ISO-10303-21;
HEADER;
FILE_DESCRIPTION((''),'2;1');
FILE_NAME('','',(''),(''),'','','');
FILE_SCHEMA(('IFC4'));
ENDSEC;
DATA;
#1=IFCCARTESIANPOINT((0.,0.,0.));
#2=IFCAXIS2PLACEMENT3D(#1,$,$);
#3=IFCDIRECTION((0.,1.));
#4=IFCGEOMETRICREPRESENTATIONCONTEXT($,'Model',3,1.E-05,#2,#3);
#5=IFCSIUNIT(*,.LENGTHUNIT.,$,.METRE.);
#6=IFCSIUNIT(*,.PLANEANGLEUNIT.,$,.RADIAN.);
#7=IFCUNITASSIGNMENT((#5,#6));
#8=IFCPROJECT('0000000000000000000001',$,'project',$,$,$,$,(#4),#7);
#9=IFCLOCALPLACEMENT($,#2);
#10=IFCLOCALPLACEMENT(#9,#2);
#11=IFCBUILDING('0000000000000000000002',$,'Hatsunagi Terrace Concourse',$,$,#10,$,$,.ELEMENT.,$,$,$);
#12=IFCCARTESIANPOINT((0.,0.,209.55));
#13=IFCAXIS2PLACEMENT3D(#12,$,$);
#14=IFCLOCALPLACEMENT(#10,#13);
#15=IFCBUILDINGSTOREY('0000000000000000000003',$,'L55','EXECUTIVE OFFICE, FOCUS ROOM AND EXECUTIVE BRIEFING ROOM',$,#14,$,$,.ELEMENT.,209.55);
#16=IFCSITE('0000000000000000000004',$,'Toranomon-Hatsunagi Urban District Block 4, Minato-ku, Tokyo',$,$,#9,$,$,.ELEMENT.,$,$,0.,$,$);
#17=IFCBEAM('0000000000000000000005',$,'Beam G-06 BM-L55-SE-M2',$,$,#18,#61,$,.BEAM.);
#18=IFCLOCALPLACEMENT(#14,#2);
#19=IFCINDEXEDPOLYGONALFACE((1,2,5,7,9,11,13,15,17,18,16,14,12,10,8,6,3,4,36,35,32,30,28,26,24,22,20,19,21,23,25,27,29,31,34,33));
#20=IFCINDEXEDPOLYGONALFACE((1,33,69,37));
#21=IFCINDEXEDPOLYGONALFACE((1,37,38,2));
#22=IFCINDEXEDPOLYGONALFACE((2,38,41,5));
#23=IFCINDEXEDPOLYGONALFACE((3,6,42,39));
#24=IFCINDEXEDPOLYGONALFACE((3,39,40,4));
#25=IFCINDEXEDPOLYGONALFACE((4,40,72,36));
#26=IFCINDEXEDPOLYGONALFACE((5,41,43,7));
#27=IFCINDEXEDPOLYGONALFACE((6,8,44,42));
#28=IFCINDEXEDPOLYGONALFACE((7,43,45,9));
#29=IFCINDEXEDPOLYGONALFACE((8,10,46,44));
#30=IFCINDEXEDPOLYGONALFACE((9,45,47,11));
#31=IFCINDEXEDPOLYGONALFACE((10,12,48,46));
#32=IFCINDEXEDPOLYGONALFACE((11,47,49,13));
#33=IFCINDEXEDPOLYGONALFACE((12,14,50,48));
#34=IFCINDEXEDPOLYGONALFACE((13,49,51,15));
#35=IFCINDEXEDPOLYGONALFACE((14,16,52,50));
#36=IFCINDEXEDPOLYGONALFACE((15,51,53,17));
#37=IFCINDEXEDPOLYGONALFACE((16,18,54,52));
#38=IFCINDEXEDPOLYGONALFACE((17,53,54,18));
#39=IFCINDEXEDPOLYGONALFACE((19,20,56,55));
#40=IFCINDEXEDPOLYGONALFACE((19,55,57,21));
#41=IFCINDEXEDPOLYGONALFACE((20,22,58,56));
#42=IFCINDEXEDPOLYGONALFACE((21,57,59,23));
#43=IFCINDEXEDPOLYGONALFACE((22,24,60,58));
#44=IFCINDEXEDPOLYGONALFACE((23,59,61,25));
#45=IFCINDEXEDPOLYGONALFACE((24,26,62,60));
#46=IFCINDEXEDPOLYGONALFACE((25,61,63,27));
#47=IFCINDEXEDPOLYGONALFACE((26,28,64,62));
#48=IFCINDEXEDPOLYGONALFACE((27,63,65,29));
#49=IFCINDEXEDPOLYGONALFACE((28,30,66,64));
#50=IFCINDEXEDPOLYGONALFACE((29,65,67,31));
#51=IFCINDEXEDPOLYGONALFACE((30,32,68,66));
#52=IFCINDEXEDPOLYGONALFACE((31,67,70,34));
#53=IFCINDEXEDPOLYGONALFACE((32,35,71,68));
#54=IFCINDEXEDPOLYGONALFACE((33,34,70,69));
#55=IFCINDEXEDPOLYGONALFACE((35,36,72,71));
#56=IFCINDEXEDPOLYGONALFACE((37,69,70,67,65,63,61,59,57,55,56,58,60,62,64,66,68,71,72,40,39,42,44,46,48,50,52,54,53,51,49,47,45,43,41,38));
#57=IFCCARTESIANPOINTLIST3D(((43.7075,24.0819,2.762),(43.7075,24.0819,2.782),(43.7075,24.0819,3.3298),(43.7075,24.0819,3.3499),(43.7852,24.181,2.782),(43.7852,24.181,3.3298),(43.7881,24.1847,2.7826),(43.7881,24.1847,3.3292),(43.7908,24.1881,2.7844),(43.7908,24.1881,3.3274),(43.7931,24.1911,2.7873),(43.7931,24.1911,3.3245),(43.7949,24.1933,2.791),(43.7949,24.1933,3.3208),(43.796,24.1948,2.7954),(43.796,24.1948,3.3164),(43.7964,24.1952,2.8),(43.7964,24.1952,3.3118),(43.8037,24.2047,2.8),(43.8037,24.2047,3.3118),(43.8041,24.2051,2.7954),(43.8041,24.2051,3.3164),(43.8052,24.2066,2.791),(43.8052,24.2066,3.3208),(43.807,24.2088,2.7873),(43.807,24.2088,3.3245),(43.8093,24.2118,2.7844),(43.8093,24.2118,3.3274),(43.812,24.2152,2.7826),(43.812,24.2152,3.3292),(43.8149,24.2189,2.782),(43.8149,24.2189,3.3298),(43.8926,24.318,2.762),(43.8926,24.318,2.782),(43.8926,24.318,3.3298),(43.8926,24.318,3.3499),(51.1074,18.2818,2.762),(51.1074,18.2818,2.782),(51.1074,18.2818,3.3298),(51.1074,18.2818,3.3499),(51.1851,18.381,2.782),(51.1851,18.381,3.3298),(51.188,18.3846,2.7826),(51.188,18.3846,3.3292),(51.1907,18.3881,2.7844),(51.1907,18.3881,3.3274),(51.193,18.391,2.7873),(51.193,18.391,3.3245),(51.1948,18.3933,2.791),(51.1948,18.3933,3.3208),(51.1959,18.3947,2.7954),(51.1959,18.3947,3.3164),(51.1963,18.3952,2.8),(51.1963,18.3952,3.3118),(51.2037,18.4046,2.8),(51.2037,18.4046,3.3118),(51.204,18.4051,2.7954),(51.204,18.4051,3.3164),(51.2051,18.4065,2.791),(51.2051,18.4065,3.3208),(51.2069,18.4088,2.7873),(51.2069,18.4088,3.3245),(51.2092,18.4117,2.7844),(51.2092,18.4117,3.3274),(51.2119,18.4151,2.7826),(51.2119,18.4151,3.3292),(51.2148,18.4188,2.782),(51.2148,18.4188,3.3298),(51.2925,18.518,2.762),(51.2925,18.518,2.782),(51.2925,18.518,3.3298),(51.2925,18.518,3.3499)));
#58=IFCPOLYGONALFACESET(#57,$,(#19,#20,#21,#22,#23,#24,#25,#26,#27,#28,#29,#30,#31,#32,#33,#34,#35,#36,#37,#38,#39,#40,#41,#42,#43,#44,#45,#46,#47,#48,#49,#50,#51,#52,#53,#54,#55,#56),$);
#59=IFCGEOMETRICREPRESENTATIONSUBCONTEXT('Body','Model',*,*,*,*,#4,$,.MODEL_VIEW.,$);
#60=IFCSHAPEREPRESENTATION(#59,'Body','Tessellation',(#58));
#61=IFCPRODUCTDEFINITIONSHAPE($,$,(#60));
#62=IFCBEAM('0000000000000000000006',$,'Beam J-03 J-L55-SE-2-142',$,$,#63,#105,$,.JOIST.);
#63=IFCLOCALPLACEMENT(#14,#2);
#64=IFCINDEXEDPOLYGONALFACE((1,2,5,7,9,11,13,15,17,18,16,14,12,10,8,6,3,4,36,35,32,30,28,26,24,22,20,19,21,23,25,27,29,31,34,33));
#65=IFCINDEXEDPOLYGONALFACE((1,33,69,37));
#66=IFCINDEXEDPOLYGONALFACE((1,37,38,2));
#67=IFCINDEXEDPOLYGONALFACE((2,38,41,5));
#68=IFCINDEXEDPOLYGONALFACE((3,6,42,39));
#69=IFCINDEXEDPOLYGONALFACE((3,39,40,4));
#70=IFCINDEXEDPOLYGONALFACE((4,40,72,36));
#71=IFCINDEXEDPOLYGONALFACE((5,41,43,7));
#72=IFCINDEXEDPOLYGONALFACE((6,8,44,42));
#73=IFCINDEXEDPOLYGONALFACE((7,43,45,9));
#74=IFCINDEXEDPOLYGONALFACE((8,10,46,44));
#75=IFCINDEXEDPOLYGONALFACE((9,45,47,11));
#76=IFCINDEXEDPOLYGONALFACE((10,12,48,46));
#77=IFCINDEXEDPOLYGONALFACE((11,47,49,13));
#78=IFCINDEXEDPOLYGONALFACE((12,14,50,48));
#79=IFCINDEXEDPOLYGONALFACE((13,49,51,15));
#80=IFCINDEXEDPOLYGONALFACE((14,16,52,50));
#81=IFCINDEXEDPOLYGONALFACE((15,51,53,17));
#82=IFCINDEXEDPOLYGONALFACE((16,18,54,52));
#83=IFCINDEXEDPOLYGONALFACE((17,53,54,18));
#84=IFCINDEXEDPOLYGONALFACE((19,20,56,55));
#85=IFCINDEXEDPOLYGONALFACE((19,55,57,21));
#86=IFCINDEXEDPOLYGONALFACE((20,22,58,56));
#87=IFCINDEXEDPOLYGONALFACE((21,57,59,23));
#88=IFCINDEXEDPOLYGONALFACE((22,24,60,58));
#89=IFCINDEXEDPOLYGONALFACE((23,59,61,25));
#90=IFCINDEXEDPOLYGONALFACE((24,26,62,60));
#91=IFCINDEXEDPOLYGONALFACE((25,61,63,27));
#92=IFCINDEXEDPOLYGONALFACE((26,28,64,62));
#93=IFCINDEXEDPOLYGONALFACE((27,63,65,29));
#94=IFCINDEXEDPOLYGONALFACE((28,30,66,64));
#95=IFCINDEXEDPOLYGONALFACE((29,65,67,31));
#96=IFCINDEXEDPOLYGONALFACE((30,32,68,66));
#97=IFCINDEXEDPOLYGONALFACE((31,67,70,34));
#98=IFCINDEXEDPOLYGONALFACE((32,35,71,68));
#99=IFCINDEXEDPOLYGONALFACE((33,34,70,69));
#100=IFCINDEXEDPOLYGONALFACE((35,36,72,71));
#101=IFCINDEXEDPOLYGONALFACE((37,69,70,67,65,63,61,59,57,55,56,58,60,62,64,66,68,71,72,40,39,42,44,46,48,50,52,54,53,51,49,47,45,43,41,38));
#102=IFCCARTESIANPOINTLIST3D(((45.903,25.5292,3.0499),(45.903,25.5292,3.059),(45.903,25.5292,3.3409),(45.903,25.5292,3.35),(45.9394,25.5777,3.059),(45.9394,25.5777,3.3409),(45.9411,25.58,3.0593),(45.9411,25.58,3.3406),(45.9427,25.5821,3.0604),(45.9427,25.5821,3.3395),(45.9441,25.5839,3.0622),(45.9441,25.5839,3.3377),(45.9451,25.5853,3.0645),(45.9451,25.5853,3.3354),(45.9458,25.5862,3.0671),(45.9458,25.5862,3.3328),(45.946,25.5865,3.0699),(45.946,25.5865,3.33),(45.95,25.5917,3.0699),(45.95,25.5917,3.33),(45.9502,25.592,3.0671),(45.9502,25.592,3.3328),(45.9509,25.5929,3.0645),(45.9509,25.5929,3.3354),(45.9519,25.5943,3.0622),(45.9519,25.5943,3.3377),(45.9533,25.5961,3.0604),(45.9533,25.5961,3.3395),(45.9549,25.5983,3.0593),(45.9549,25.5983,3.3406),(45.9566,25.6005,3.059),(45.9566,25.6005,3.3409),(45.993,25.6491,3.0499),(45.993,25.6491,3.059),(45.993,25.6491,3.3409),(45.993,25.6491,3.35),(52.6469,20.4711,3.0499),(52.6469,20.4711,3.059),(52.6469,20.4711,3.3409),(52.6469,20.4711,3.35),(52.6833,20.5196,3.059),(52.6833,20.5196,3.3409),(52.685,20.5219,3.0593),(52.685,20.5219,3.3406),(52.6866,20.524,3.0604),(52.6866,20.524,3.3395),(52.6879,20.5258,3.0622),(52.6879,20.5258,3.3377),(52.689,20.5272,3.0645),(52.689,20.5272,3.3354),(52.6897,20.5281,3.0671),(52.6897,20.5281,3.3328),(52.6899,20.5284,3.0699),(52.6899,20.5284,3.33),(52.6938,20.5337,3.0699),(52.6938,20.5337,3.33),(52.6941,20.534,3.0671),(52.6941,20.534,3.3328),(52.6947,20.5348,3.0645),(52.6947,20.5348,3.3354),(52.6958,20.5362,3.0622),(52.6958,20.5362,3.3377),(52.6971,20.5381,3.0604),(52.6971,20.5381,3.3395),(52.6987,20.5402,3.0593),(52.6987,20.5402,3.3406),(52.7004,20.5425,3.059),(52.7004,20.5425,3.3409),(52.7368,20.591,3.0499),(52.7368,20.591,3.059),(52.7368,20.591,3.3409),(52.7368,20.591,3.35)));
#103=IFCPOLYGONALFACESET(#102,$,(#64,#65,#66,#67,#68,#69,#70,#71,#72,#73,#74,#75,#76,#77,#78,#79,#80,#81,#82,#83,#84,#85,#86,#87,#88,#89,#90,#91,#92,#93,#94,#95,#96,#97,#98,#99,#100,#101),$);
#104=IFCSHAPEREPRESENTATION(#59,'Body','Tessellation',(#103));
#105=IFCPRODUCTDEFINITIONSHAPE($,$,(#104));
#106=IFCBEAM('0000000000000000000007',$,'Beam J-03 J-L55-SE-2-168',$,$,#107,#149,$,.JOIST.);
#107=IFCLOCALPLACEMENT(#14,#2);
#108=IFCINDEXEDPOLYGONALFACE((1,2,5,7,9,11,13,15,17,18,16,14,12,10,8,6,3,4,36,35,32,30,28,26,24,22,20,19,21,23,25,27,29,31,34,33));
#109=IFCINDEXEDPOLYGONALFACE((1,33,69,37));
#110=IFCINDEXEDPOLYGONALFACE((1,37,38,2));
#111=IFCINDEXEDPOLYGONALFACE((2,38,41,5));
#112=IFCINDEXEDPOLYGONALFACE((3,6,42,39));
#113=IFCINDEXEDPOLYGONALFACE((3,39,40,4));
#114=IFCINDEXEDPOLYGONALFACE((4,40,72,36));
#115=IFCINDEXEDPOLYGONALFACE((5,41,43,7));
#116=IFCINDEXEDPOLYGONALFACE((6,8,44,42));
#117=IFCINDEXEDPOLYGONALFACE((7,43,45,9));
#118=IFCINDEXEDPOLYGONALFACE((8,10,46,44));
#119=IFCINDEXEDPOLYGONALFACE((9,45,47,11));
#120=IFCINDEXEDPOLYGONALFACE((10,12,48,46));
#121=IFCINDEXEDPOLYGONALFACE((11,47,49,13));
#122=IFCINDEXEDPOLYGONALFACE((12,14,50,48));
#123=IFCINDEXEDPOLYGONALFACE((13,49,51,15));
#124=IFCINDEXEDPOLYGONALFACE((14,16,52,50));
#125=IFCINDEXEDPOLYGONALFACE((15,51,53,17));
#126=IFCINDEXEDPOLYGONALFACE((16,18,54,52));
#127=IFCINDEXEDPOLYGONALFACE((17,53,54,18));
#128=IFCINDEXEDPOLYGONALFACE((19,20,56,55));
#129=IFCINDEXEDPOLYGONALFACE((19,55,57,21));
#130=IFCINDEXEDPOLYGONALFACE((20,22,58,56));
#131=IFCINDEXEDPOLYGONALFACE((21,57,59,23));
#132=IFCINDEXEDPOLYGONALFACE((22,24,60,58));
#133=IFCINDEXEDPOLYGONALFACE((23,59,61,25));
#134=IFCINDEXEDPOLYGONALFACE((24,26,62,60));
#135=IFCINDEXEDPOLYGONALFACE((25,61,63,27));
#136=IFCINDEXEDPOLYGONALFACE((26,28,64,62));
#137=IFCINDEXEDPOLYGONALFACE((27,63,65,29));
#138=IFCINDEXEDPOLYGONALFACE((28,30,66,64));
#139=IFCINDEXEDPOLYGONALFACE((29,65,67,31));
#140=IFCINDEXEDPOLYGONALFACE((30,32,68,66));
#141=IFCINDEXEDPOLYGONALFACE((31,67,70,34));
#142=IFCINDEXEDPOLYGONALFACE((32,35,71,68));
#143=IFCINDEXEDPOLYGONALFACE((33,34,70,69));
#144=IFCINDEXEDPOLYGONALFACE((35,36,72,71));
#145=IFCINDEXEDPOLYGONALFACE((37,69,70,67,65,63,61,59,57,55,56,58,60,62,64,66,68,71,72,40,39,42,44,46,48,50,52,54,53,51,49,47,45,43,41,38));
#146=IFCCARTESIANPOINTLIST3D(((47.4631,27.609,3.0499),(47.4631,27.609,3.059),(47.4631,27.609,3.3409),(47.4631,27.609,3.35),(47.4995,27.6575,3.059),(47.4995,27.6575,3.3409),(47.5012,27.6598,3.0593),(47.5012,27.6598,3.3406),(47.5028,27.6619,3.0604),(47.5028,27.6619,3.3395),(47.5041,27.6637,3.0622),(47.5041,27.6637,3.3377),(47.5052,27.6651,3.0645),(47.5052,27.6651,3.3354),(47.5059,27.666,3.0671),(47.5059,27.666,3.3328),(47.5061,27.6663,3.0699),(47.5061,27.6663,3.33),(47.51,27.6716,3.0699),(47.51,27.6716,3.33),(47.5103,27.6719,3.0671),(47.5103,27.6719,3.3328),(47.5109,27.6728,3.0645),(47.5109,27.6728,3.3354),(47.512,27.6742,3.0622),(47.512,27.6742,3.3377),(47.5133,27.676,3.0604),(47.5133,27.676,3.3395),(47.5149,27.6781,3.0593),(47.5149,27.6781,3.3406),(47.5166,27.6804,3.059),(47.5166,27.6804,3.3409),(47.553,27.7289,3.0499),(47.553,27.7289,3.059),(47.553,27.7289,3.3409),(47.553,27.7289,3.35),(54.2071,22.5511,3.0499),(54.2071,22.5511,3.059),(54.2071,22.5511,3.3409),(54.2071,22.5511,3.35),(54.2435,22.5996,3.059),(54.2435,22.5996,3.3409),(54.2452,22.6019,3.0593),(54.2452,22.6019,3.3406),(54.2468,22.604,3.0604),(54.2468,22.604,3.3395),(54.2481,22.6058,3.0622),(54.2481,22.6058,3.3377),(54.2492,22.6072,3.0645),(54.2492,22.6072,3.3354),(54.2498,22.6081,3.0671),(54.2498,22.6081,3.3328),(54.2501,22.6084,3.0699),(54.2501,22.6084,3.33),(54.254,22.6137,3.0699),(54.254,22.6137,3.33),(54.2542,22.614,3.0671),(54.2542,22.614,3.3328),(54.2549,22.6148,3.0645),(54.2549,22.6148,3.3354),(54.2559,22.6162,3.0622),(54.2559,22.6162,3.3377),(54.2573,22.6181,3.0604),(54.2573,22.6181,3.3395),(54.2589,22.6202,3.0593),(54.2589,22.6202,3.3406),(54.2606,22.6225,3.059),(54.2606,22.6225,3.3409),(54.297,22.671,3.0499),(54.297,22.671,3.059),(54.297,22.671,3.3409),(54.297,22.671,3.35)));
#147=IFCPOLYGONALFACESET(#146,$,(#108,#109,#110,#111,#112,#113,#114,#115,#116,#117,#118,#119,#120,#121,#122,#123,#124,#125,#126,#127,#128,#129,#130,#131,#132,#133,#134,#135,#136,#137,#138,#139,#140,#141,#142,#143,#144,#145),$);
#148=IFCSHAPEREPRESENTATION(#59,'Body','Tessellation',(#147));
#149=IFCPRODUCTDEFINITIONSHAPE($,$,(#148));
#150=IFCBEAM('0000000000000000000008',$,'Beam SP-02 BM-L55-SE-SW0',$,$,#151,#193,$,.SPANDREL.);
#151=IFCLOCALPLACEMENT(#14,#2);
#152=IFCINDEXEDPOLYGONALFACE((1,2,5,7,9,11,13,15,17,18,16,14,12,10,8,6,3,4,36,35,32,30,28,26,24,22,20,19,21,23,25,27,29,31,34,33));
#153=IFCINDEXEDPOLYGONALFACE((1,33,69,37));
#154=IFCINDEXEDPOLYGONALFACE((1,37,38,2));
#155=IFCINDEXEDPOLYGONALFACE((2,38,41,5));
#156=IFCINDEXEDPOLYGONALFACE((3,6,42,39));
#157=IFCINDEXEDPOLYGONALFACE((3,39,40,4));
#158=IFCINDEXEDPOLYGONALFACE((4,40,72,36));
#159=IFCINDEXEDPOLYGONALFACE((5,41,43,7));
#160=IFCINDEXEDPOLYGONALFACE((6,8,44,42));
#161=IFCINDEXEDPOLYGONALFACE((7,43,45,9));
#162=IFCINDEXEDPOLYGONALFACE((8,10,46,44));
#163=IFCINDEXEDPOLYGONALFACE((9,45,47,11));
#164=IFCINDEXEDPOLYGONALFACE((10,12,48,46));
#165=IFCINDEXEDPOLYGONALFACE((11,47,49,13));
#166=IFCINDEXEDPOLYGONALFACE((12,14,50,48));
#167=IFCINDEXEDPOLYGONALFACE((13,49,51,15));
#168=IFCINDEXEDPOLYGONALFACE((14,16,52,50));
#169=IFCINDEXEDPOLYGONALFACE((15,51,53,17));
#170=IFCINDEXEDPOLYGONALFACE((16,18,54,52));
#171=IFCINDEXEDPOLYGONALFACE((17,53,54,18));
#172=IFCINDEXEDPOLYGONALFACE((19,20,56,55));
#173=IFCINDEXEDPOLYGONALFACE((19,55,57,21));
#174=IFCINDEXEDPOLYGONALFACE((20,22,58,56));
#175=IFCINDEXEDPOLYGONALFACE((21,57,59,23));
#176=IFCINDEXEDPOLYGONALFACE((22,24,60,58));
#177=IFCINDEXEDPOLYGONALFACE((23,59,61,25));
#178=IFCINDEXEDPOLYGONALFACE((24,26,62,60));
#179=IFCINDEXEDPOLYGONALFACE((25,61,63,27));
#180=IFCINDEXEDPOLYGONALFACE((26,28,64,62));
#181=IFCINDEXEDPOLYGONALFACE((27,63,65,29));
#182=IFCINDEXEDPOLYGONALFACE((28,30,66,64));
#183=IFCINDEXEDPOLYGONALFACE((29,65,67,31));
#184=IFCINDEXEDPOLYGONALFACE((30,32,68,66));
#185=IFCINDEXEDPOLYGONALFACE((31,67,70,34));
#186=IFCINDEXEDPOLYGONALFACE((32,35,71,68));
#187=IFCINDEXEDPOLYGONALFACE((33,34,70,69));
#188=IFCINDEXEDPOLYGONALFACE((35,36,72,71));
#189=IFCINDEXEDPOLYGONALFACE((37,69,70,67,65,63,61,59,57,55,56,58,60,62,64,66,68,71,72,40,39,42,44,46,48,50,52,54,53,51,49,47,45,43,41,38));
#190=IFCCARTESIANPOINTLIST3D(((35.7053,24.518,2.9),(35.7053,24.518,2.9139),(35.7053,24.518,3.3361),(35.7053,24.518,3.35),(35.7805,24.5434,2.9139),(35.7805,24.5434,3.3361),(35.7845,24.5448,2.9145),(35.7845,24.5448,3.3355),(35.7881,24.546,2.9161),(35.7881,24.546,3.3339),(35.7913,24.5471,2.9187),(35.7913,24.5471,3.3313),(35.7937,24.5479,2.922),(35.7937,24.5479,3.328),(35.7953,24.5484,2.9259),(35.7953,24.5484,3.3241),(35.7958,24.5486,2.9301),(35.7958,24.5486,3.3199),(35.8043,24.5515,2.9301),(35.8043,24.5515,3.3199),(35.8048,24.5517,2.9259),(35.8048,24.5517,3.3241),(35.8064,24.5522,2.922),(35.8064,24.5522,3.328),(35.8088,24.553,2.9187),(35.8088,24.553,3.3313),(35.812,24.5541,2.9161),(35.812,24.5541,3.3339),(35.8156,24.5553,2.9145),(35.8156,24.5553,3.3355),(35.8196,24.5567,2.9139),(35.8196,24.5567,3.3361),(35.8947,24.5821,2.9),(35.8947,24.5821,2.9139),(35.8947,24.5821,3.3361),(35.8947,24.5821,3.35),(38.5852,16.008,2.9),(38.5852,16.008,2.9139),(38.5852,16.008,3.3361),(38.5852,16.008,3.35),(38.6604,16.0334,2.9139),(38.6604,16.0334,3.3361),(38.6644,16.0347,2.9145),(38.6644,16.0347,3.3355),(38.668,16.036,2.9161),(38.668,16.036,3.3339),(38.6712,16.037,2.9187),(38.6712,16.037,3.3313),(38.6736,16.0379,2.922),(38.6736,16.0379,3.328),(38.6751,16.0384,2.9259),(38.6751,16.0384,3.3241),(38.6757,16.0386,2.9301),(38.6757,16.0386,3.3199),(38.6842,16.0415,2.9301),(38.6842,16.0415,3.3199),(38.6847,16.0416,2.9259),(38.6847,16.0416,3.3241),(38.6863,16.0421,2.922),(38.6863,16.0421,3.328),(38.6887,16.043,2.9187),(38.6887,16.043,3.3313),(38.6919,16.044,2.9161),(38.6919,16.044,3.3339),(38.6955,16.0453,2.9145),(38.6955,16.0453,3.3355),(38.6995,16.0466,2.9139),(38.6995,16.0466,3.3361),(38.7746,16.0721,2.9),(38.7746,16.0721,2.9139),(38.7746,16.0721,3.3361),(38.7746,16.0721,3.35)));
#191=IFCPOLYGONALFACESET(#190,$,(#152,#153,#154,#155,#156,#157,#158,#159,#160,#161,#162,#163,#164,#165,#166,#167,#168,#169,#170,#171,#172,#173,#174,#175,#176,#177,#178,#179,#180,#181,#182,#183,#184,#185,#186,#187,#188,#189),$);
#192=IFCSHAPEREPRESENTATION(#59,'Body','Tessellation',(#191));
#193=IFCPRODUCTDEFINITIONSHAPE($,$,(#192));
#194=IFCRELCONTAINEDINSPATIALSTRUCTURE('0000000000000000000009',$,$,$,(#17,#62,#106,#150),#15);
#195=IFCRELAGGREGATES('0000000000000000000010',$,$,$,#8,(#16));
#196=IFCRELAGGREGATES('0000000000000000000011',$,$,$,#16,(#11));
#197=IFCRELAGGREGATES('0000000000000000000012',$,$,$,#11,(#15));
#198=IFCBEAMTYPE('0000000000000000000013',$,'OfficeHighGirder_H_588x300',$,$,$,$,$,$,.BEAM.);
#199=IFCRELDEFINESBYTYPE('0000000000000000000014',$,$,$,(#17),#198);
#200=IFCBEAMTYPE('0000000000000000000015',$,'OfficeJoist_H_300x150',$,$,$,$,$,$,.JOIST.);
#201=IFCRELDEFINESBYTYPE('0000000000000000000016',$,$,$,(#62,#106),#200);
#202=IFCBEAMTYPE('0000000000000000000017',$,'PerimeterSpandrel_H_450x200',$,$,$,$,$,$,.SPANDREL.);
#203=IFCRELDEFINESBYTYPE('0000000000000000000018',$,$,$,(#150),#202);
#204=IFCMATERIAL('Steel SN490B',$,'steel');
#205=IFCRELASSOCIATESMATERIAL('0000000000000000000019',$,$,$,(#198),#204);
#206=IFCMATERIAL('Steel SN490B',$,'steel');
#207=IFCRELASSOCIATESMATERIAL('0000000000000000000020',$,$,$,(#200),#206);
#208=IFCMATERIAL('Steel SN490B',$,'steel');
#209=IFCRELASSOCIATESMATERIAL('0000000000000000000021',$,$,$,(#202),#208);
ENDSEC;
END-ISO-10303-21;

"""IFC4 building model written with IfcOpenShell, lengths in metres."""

from ifc_helpers import new_model, si_unit, direction, frame, origin, origin_2d, place, context, subcontext, project, spatial, i_section, extrude, material, material_profile, profile_set, type_object, element, save


model = new_model("IFC4")

# Units and contexts
model_context = context("Model", 3, precision=1e-05, world=origin(), true_north=direction((0.0, 1.0)))
body_context = subcontext(model_context, "Body", "Model", "MODEL_VIEW")
ifc_project = project(units=[si_unit("LENGTHUNIT", "METRE"), si_unit("PLANEANGLEUNIT", "RADIAN")], contexts=[model_context])

# Site, building, storey
site_placement = place(None, origin())
site = spatial("IfcSite", under=ifc_project, at=site_placement, Name="Toranomon-Hatsunagi Urban District Block 4, Minato-ku, Tokyo", CompositionType="ELEMENT", RefElevation=0.0)
building_placement = place(site_placement, origin())
building = spatial("IfcBuilding", under=site, at=building_placement, Name="Hatsunagi Terrace Concourse", CompositionType="ELEMENT")
storey_placement = place(building_placement, frame((0.0, 0.0, 209.55)))
storey = spatial("IfcBuildingStorey", under=building, at=storey_placement, Name="L55", Description="EXECUTIVE OFFICE, FOCUS ROOM AND EXECUTIVE BRIEFING ROOM", CompositionType="ELEMENT", Elevation=209.55)

# Beams
ifc_material_1 = material(Name="Steel SN490B", Category="steel")
ifc_material_profile_1 = material_profile(ifc_material_1, i_section(OverallWidth=0.3, OverallDepth=0.5879, WebThickness=0.012, FlangeThickness=0.02, FilletRadius=0.0181, at=origin_2d()), Name="H-588x300x12x20")
ifc_profile_set_1 = profile_set([ifc_material_profile_1], Name="Steel SN490B")
beam_type_1 = type_object("IfcBeamType", Name="OfficeHighGirder_H_588x300", PredefinedType="BEAM", material=ifc_profile_set_1)
beam_1_placement = place(storey_placement, frame((43.8, 24.2, 3.0559), z_axis=(0.787049, -0.61689, 0.0), x_axis=(0.61689, 0.787049, 0.0)))
element("IfcBeam", 1, at=beam_1_placement, inside=storey, type_object=beam_type_1, Name="Beam G-06 BM-L55-SE-M2", PredefinedType="BEAM", context=body_context, shape_type="SweptSolid", body=[
    extrude(i_section(OverallWidth=0.3, OverallDepth=0.5879, WebThickness=0.012, FlangeThickness=0.02, FilletRadius=0.0181, at=origin_2d()), origin(), (0.0, 0.0, 1.0), 9.4021),
])
ifc_material_2 = material(Name="Steel SN490B", Category="steel")
ifc_material_profile_2 = material_profile(ifc_material_2, i_section(OverallWidth=0.1499, OverallDepth=0.3, WebThickness=0.0066, FlangeThickness=0.009, FilletRadius=0.011, at=origin_2d()), Name="H-300x150x6.5x9")
ifc_profile_set_2 = profile_set([ifc_material_profile_2], Name="Steel SN490B")
beam_type_2 = type_object("IfcBeamType", Name="OfficeJoist_H_300x150", PredefinedType="JOIST", material=ifc_profile_set_2)
for number, where, z_axis, x_axis, name in (
    (2, (45.948, 25.5891, 3.2), (0.79999, -0.600014, 0.0), (0.600014, 0.79999, 0.0), "Beam J-03 J-L55-SE-2-142"),
    (3, (47.5081, 27.6689, 3.2), (0.800003, -0.599995, 0.0), (0.599995, 0.800003, 0.0), "Beam J-03 J-L55-SE-2-168"),
):
    element("IfcBeam", number, at=place(storey_placement, frame(where, z_axis=z_axis, x_axis=x_axis)), inside=storey, type_object=beam_type_2, Name=name, PredefinedType="JOIST", context=body_context, shape_type="SweptSolid", body=[
        extrude(i_section(OverallWidth=0.1499, OverallDepth=0.3, WebThickness=0.0066, FlangeThickness=0.009, FilletRadius=0.011, at=origin_2d()), origin(), (0.0, 0.0, 1.0), 8.4299),
    ])
ifc_material_3 = material(Name="Steel SN490B", Category="steel")
ifc_material_profile_3 = material_profile(ifc_material_3, i_section(OverallWidth=0.2, OverallDepth=0.45, WebThickness=0.009, FlangeThickness=0.0139, FilletRadius=0.0161, at=origin_2d()), Name="H-450x200x9x14")
ifc_profile_set_3 = profile_set([ifc_material_profile_3], Name="Steel SN490B")
beam_type_3 = type_object("IfcBeamType", Name="PerimeterSpandrel_H_450x200", PredefinedType="SPANDREL", material=ifc_profile_set_3)
beam_2_placement = place(storey_placement, frame((35.8, 24.55, 3.125), z_axis=(0.320553, -0.94723, 0.0), x_axis=(0.94723, 0.320553, 0.0)))
element("IfcBeam", 4, at=beam_2_placement, inside=storey, type_object=beam_type_3, Name="Beam SP-02 BM-L55-SE-SW0", PredefinedType="SPANDREL", context=body_context, shape_type="SweptSolid", body=[
    extrude(i_section(OverallWidth=0.2, OverallDepth=0.45, WebThickness=0.009, FlangeThickness=0.0139, FilletRadius=0.0161, at=origin_2d()), origin(), (0.0, 0.0, 1.0), 8.9841),
])

save(model, "model.ifc")
